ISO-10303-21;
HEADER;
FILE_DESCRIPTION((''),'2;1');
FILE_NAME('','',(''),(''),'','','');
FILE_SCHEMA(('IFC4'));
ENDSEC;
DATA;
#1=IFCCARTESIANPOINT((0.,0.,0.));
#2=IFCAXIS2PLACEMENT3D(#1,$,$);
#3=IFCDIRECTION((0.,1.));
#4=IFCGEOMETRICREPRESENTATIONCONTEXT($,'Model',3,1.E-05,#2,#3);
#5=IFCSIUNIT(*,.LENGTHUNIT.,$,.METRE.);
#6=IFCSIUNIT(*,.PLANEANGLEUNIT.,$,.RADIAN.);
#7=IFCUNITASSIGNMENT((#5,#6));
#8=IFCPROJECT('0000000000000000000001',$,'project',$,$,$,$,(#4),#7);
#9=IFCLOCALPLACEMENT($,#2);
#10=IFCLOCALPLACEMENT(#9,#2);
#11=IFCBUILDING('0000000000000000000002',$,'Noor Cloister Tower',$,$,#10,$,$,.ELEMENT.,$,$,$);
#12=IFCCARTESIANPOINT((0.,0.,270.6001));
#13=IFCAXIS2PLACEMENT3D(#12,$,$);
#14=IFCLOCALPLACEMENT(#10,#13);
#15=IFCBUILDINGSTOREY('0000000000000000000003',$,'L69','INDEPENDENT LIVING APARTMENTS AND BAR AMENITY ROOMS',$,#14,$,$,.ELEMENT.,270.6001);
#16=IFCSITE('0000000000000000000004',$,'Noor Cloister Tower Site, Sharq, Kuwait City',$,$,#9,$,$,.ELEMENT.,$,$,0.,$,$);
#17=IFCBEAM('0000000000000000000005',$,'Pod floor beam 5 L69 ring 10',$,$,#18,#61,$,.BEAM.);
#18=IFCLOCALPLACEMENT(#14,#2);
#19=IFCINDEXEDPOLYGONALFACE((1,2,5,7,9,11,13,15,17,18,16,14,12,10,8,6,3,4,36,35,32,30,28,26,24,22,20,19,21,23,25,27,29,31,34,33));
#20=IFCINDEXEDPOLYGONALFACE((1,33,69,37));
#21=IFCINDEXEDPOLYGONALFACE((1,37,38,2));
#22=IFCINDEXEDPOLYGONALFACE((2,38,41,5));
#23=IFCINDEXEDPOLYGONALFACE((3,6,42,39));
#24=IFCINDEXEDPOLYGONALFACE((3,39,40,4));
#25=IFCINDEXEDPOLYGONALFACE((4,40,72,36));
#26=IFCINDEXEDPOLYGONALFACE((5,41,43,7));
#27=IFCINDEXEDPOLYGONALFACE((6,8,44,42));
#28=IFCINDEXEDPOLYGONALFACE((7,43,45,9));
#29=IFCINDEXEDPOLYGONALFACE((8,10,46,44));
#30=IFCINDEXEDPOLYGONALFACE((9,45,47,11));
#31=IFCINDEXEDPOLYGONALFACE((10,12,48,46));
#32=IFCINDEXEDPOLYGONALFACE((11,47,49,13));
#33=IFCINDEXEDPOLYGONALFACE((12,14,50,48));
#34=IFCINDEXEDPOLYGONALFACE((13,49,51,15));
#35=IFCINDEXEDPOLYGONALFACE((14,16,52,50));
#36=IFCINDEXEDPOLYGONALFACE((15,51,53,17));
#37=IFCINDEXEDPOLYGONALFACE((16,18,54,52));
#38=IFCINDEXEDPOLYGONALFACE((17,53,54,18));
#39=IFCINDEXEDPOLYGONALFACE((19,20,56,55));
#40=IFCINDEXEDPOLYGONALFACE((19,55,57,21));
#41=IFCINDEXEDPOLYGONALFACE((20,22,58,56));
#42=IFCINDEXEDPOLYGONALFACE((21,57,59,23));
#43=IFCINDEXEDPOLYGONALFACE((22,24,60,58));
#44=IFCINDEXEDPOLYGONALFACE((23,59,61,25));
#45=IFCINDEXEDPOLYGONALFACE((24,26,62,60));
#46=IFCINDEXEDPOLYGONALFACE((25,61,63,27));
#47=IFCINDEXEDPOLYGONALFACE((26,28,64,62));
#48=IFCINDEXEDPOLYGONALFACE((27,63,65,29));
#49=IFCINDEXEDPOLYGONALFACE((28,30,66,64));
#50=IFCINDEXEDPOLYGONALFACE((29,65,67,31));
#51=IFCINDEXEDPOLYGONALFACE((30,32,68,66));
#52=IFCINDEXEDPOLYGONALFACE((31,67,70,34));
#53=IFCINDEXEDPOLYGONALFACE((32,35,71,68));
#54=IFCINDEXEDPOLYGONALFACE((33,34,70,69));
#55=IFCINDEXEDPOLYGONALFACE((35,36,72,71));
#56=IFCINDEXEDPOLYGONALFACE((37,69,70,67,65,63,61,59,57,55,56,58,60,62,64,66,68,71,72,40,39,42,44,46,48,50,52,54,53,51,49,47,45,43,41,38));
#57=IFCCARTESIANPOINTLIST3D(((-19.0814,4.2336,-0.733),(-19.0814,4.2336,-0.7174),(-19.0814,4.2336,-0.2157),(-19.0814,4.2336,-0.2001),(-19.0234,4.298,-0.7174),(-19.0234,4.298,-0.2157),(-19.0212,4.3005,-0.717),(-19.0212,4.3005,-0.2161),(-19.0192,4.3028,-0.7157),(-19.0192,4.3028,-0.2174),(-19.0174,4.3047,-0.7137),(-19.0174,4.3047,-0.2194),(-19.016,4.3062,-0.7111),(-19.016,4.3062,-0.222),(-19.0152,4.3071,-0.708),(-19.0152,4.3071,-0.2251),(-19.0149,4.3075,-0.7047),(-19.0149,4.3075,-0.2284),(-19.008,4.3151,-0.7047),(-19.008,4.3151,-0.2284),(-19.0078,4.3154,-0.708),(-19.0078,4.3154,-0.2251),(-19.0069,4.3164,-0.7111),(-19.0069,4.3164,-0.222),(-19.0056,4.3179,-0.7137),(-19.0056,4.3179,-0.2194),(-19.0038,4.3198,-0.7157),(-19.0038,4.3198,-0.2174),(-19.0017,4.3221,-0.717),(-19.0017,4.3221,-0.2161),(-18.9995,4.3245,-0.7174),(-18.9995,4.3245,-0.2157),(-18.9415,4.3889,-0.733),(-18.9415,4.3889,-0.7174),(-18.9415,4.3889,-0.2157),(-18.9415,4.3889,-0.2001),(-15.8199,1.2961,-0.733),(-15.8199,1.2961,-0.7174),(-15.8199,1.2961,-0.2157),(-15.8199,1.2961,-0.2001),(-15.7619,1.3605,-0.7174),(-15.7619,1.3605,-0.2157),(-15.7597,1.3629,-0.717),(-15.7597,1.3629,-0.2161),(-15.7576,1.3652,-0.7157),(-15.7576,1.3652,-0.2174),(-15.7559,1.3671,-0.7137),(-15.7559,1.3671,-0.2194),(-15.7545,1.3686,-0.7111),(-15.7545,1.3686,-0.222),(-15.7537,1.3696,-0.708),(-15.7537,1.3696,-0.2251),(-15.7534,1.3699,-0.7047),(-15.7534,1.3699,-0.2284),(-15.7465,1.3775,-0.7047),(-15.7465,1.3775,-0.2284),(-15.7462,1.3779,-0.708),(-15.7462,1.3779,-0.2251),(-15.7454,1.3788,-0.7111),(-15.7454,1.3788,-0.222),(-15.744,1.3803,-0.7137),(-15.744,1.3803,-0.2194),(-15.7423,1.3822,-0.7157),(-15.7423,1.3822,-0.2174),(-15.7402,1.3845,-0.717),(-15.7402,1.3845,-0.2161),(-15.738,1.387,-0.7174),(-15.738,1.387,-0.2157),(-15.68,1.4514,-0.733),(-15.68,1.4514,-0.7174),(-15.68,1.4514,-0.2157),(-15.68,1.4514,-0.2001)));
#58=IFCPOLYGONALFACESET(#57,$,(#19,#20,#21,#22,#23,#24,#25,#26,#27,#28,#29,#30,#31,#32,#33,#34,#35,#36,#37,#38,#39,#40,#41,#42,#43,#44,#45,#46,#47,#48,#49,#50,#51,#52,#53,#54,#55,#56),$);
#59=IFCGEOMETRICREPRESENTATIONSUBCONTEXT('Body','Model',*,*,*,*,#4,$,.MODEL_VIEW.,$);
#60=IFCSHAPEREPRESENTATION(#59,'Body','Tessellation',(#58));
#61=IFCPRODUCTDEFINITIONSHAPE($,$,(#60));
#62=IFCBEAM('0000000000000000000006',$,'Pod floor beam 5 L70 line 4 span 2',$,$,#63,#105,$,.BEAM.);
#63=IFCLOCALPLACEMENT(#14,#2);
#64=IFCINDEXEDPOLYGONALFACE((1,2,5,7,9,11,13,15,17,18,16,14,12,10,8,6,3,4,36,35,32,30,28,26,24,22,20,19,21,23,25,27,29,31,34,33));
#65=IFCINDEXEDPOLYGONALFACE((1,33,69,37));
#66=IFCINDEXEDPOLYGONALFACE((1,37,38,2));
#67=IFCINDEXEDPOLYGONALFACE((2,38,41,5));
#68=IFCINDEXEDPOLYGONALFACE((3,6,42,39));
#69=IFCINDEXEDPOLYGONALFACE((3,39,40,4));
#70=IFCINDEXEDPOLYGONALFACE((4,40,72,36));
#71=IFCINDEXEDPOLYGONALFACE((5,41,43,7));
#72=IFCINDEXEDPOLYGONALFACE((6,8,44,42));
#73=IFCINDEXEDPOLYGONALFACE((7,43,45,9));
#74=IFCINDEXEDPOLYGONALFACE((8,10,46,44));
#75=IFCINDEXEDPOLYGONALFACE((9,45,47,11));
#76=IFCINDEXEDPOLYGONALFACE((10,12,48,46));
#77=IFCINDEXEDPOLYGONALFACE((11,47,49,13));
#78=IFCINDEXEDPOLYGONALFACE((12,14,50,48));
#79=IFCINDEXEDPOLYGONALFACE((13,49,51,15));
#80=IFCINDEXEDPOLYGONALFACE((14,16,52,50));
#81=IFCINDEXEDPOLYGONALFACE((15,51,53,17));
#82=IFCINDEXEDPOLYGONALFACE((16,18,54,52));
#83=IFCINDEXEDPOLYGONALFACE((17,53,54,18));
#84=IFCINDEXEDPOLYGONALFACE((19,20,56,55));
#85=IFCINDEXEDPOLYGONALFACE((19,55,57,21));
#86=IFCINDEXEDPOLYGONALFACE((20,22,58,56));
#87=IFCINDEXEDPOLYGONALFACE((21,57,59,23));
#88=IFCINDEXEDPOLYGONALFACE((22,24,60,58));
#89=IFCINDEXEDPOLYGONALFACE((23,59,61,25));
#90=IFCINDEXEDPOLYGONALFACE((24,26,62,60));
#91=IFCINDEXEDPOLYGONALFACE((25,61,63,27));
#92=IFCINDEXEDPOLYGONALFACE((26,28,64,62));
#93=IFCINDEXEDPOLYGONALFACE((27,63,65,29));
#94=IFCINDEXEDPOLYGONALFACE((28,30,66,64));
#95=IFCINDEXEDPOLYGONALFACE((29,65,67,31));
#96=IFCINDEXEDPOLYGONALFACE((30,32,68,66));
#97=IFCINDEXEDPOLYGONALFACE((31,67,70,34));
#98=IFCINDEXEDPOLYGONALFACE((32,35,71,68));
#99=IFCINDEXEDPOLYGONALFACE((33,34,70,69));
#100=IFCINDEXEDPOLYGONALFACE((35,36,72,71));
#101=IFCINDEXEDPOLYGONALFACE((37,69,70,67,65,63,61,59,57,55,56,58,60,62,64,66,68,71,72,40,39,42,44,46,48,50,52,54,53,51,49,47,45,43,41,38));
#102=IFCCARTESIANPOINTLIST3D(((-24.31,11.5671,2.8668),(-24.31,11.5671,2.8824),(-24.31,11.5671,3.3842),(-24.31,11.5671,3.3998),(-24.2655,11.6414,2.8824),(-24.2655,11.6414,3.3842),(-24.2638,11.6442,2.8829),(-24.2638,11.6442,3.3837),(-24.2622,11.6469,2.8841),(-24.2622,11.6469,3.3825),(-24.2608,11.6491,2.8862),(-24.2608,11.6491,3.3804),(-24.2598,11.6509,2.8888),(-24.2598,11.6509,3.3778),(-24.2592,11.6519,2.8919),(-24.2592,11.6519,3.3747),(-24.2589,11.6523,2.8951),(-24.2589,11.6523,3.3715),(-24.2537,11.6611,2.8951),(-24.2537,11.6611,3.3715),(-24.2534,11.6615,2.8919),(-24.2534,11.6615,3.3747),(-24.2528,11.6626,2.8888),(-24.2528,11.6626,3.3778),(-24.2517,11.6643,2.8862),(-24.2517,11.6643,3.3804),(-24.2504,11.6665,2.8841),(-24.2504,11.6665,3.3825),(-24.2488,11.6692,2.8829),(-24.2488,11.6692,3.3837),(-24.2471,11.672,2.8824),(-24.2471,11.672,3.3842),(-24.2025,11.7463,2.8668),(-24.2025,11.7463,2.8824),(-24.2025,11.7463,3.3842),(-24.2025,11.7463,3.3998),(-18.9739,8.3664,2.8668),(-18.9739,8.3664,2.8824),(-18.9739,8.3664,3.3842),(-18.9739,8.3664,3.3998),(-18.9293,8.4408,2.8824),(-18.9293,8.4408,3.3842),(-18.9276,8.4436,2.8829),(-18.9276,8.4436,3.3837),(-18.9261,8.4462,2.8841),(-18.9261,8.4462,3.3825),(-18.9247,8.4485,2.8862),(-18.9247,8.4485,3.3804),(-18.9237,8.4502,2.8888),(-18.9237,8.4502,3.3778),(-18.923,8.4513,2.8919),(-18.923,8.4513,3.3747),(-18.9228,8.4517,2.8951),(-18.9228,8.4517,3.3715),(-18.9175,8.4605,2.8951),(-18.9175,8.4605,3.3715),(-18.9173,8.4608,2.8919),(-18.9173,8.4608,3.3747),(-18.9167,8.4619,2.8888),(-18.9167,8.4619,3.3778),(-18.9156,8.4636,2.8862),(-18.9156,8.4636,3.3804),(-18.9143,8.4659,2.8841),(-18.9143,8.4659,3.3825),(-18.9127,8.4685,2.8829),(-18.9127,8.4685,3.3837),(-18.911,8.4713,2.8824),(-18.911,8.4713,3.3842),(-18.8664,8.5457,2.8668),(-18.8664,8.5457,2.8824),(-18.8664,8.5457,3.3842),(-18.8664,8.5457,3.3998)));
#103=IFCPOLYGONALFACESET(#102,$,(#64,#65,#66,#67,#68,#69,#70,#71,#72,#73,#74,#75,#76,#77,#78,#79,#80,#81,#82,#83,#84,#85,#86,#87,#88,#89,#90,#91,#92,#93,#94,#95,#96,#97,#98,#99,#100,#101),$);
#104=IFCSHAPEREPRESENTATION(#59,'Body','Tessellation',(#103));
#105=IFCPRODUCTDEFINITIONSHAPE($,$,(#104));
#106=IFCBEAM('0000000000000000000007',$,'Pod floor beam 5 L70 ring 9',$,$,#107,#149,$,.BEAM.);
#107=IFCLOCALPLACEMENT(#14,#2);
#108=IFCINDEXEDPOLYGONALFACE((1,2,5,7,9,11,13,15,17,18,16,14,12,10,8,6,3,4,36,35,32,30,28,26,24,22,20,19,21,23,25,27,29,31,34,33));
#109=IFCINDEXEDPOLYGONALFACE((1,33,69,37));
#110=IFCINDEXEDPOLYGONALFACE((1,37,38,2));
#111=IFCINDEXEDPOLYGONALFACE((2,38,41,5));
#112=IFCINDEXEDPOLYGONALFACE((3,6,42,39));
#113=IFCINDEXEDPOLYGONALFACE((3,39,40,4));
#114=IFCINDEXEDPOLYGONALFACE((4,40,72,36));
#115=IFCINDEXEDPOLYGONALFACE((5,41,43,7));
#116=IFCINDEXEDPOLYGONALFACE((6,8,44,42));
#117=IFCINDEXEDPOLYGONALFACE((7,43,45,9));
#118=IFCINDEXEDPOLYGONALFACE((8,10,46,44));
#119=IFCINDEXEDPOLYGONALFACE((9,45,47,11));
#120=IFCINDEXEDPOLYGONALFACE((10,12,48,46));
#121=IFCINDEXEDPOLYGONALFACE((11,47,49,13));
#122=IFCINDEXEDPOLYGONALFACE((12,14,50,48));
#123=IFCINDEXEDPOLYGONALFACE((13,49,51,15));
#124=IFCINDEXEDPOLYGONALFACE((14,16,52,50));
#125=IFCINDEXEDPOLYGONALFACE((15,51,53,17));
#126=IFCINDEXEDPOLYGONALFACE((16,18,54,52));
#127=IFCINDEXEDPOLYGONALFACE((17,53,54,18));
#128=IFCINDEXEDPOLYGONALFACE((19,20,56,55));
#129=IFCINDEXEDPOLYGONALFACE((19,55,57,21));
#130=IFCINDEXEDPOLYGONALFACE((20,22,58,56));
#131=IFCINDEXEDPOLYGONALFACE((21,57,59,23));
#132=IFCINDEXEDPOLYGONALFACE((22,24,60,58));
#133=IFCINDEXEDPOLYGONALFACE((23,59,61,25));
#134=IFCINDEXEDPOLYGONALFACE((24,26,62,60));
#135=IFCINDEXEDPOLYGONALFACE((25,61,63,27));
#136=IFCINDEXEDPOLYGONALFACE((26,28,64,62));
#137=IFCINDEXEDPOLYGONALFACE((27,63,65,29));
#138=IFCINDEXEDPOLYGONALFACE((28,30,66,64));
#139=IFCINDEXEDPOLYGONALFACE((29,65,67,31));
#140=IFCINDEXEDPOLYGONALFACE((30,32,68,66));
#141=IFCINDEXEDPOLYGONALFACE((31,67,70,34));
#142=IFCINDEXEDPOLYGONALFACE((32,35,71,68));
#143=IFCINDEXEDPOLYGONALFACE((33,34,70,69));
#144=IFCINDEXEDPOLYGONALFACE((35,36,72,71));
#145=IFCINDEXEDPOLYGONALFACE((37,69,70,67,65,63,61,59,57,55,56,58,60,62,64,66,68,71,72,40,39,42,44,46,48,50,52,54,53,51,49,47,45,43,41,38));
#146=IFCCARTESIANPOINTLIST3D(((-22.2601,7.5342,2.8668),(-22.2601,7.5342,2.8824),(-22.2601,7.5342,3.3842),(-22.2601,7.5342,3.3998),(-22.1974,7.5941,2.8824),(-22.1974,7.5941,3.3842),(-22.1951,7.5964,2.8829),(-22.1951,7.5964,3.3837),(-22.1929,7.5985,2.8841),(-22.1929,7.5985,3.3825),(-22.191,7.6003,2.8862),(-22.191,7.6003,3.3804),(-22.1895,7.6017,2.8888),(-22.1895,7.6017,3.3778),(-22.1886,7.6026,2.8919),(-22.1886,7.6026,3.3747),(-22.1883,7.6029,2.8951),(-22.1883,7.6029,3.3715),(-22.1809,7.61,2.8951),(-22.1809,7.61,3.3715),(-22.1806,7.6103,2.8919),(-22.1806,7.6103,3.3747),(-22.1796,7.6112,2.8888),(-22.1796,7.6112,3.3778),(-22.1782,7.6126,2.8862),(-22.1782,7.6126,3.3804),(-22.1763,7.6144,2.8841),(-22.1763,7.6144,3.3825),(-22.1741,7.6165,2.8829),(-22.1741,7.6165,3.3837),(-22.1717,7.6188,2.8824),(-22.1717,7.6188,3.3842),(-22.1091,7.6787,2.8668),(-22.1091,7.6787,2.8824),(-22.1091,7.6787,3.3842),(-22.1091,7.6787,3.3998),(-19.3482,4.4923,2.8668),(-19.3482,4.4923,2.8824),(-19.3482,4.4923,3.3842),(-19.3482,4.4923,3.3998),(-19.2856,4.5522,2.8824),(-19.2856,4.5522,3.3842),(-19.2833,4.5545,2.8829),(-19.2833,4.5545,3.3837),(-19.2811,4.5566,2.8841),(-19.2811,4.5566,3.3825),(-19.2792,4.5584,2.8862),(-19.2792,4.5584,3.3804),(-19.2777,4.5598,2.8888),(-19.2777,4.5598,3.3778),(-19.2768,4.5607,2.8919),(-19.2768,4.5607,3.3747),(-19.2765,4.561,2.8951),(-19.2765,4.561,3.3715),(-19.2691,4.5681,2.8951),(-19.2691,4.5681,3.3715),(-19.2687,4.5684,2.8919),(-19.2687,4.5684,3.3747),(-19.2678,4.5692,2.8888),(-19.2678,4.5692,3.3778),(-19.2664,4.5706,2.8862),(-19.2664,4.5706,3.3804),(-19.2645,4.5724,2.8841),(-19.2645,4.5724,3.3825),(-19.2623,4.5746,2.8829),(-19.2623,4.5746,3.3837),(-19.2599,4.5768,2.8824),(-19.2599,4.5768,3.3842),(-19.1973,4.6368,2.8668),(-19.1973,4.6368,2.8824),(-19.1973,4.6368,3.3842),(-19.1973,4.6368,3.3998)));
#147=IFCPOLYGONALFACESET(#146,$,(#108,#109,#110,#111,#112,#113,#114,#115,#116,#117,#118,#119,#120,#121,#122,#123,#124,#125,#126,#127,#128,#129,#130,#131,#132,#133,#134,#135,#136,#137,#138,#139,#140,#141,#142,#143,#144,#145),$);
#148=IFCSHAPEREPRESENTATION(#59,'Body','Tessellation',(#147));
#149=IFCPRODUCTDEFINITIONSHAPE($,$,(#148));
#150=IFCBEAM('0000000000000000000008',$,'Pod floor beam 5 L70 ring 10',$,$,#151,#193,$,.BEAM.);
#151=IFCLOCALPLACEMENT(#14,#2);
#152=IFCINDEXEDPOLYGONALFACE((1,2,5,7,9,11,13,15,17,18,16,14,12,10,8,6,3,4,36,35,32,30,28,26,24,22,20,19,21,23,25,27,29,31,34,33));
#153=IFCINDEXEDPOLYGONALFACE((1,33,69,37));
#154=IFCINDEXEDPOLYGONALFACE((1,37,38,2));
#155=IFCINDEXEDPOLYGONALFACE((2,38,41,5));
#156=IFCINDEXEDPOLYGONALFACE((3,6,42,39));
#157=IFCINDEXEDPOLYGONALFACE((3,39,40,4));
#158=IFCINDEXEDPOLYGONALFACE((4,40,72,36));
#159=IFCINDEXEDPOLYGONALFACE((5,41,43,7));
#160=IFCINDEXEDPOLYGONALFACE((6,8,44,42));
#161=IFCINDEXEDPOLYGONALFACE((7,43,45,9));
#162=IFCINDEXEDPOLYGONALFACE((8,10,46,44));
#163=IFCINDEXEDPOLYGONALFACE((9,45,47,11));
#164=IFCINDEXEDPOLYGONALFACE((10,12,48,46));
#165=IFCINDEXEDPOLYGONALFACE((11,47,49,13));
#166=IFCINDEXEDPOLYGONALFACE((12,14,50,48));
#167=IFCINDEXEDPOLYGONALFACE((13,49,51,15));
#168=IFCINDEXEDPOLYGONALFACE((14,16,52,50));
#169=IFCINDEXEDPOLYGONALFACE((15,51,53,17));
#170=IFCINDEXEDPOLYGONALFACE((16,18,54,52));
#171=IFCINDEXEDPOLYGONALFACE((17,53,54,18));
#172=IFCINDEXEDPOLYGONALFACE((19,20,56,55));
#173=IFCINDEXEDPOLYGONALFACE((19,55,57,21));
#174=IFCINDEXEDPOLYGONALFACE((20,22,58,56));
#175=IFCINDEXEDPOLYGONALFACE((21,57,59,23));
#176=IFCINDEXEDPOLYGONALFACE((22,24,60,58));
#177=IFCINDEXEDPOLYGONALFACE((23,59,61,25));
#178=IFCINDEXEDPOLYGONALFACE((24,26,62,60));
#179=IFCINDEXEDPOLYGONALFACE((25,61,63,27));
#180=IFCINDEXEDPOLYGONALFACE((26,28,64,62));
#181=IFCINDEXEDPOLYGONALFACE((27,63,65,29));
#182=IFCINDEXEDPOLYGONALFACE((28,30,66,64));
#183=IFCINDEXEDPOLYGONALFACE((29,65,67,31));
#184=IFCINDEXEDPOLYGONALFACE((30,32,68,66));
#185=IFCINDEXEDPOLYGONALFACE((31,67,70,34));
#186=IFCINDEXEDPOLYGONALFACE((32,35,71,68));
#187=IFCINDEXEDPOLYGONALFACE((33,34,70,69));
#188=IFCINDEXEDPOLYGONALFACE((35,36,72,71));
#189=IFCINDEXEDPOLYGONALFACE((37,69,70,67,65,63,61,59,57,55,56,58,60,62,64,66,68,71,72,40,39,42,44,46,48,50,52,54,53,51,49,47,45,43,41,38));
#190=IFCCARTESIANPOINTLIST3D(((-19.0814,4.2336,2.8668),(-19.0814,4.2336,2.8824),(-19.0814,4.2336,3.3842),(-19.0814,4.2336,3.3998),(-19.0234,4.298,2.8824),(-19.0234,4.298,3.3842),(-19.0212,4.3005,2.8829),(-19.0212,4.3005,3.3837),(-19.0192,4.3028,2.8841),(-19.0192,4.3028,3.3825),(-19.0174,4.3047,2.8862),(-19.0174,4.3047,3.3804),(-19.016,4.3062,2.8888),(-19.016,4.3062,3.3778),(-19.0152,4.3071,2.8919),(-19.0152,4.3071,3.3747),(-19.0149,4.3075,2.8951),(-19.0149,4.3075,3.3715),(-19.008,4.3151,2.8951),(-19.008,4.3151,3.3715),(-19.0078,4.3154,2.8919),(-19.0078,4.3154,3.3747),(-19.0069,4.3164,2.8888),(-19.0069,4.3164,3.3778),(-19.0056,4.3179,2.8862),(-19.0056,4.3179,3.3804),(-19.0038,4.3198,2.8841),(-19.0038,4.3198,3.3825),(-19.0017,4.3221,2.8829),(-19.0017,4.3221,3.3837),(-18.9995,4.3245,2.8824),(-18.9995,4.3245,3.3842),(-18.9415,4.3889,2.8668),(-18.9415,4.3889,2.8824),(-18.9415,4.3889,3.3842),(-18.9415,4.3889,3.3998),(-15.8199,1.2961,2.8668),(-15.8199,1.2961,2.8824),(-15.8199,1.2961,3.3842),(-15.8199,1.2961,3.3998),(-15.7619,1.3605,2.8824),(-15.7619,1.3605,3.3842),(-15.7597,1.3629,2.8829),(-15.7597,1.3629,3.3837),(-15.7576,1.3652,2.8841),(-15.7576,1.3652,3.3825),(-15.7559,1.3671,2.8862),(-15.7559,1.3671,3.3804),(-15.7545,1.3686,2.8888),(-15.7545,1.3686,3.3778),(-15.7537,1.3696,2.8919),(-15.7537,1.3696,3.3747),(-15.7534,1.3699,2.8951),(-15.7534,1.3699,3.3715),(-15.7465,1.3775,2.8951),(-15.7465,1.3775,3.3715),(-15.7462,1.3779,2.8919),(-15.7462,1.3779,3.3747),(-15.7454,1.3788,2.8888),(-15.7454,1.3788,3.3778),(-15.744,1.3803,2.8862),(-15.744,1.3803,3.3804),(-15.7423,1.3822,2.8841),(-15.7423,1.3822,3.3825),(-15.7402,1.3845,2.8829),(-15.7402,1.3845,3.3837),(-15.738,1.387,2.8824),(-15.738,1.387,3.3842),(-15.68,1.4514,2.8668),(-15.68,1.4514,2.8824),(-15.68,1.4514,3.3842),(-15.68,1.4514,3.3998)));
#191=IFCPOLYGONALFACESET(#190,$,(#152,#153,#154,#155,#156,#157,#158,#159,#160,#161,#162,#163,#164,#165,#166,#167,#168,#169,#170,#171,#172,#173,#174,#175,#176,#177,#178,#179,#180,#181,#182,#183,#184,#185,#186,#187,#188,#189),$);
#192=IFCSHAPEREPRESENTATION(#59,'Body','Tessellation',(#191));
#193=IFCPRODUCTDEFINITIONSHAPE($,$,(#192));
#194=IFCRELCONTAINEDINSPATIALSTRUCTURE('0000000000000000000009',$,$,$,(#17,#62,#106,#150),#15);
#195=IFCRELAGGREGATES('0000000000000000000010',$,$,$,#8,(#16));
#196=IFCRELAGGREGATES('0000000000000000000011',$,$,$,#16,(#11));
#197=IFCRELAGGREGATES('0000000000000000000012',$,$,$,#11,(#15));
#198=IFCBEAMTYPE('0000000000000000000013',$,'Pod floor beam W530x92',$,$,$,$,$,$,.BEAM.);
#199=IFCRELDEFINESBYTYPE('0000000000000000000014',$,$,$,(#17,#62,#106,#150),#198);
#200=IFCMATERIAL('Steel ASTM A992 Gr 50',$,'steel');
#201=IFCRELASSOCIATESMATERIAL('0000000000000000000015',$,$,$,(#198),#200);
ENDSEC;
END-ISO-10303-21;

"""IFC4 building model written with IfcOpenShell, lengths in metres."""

from ifc_helpers import new_model, si_unit, direction, frame, origin, origin_2d, place, context, subcontext, project, spatial, i_section, extrude, material, material_profile, profile_set, type_object, element, save


model = new_model("IFC4")

# Units and contexts
model_context = context("Model", 3, precision=1e-05, world=origin(), true_north=direction((0.0, 1.0)))
body_context = subcontext(model_context, "Body", "Model", "MODEL_VIEW")
ifc_project = project(units=[si_unit("LENGTHUNIT", "METRE"), si_unit("PLANEANGLEUNIT", "RADIAN")], contexts=[model_context])

# Site, building, storey
site_placement = place(None, origin())
site = spatial("IfcSite", under=ifc_project, at=site_placement, Name="Noor Cloister Tower Site, Sharq, Kuwait City", CompositionType="ELEMENT", RefElevation=0.0)
building_placement = place(site_placement, origin())
building = spatial("IfcBuilding", under=site, at=building_placement, Name="Noor Cloister Tower", CompositionType="ELEMENT")
storey_placement = place(building_placement, frame((0.0, 0.0, 270.6001)))
storey = spatial("IfcBuildingStorey", under=building, at=storey_placement, Name="L69", Description="INDEPENDENT LIVING APARTMENTS AND BAR AMENITY ROOMS", CompositionType="ELEMENT", Elevation=270.6001)

# Beams
ifc_material_1 = material(Name="Steel ASTM A992 Gr 50", Category="steel")
ifc_material_profile_1 = material_profile(ifc_material_1, i_section(OverallWidth=0.209, OverallDepth=0.533, WebThickness=0.0103, FlangeThickness=0.0156, FilletRadius=0.0127, at=origin_2d()), Name="W530x92")
ifc_profile_set_1 = profile_set([ifc_material_profile_1], Name="Steel ASTM A992 Gr 50")
beam_type = type_object("IfcBeamType", Name="Pod floor beam W530x92", PredefinedType="BEAM", material=ifc_profile_set_1)
beam_1_placement = place(storey_placement, frame((-19.0115, 4.3113, -0.4666), z_axis=(0.743048, -0.669238, 0.0), x_axis=(0.669238, 0.743048, 0.0)))
element("IfcBeam", 1, at=beam_1_placement, inside=storey, type_object=beam_type, Name="Pod floor beam 5 L69 ring 10", PredefinedType="BEAM", context=body_context, shape_type="SweptSolid", body=[
    extrude(i_section(OverallWidth=0.209, OverallDepth=0.533, WebThickness=0.0103, FlangeThickness=0.0156, FilletRadius=0.0127, at=origin_2d()), origin(), (0.0, 0.0, 1.0), 4.3894),
])
beam_2_placement = place(storey_placement, frame((-18.9202, 8.4561, 3.1333), z_axis=(-0.857566, 0.514375, 0.0), x_axis=(-0.514375, -0.857566, 0.0)))
element("IfcBeam", 2, at=beam_2_placement, inside=storey, type_object=beam_type, Name="Pod floor beam 5 L70 line 4 span 2", PredefinedType="BEAM", context=body_context, shape_type="SweptSolid", body=[
    extrude(i_section(OverallWidth=0.209, OverallDepth=0.533, WebThickness=0.0103, FlangeThickness=0.0156, FilletRadius=0.0127, at=origin_2d()), origin(), (0.0, 0.0, 1.0), 6.2224),
])
beam_3_placement = place(storey_placement, frame((-22.1846, 7.6064, 3.1333), z_axis=(0.691487, -0.722389, 0.0), x_axis=(0.722389, 0.691487, 0.0)))
element("IfcBeam", 3, at=beam_3_placement, inside=storey, type_object=beam_type, Name="Pod floor beam 5 L70 ring 9", PredefinedType="BEAM", context=body_context, shape_type="SweptSolid", body=[
    extrude(i_section(OverallWidth=0.209, OverallDepth=0.533, WebThickness=0.0103, FlangeThickness=0.0156, FilletRadius=0.0127, at=origin_2d()), origin(), (0.0, 0.0, 1.0), 4.2109),
])
beam_4_placement = place(storey_placement, frame((-19.0115, 4.3113, 3.1333), z_axis=(0.743048, -0.669238, 0.0), x_axis=(0.669238, 0.743048, 0.0)))
element("IfcBeam", 4, at=beam_4_placement, inside=storey, type_object=beam_type, Name="Pod floor beam 5 L70 ring 10", PredefinedType="BEAM", context=body_context, shape_type="SweptSolid", body=[
    extrude(i_section(OverallWidth=0.209, OverallDepth=0.533, WebThickness=0.0103, FlangeThickness=0.0156, FilletRadius=0.0127, at=origin_2d()), origin(), (0.0, 0.0, 1.0), 4.3894),
])

save(model, "model.ifc")
